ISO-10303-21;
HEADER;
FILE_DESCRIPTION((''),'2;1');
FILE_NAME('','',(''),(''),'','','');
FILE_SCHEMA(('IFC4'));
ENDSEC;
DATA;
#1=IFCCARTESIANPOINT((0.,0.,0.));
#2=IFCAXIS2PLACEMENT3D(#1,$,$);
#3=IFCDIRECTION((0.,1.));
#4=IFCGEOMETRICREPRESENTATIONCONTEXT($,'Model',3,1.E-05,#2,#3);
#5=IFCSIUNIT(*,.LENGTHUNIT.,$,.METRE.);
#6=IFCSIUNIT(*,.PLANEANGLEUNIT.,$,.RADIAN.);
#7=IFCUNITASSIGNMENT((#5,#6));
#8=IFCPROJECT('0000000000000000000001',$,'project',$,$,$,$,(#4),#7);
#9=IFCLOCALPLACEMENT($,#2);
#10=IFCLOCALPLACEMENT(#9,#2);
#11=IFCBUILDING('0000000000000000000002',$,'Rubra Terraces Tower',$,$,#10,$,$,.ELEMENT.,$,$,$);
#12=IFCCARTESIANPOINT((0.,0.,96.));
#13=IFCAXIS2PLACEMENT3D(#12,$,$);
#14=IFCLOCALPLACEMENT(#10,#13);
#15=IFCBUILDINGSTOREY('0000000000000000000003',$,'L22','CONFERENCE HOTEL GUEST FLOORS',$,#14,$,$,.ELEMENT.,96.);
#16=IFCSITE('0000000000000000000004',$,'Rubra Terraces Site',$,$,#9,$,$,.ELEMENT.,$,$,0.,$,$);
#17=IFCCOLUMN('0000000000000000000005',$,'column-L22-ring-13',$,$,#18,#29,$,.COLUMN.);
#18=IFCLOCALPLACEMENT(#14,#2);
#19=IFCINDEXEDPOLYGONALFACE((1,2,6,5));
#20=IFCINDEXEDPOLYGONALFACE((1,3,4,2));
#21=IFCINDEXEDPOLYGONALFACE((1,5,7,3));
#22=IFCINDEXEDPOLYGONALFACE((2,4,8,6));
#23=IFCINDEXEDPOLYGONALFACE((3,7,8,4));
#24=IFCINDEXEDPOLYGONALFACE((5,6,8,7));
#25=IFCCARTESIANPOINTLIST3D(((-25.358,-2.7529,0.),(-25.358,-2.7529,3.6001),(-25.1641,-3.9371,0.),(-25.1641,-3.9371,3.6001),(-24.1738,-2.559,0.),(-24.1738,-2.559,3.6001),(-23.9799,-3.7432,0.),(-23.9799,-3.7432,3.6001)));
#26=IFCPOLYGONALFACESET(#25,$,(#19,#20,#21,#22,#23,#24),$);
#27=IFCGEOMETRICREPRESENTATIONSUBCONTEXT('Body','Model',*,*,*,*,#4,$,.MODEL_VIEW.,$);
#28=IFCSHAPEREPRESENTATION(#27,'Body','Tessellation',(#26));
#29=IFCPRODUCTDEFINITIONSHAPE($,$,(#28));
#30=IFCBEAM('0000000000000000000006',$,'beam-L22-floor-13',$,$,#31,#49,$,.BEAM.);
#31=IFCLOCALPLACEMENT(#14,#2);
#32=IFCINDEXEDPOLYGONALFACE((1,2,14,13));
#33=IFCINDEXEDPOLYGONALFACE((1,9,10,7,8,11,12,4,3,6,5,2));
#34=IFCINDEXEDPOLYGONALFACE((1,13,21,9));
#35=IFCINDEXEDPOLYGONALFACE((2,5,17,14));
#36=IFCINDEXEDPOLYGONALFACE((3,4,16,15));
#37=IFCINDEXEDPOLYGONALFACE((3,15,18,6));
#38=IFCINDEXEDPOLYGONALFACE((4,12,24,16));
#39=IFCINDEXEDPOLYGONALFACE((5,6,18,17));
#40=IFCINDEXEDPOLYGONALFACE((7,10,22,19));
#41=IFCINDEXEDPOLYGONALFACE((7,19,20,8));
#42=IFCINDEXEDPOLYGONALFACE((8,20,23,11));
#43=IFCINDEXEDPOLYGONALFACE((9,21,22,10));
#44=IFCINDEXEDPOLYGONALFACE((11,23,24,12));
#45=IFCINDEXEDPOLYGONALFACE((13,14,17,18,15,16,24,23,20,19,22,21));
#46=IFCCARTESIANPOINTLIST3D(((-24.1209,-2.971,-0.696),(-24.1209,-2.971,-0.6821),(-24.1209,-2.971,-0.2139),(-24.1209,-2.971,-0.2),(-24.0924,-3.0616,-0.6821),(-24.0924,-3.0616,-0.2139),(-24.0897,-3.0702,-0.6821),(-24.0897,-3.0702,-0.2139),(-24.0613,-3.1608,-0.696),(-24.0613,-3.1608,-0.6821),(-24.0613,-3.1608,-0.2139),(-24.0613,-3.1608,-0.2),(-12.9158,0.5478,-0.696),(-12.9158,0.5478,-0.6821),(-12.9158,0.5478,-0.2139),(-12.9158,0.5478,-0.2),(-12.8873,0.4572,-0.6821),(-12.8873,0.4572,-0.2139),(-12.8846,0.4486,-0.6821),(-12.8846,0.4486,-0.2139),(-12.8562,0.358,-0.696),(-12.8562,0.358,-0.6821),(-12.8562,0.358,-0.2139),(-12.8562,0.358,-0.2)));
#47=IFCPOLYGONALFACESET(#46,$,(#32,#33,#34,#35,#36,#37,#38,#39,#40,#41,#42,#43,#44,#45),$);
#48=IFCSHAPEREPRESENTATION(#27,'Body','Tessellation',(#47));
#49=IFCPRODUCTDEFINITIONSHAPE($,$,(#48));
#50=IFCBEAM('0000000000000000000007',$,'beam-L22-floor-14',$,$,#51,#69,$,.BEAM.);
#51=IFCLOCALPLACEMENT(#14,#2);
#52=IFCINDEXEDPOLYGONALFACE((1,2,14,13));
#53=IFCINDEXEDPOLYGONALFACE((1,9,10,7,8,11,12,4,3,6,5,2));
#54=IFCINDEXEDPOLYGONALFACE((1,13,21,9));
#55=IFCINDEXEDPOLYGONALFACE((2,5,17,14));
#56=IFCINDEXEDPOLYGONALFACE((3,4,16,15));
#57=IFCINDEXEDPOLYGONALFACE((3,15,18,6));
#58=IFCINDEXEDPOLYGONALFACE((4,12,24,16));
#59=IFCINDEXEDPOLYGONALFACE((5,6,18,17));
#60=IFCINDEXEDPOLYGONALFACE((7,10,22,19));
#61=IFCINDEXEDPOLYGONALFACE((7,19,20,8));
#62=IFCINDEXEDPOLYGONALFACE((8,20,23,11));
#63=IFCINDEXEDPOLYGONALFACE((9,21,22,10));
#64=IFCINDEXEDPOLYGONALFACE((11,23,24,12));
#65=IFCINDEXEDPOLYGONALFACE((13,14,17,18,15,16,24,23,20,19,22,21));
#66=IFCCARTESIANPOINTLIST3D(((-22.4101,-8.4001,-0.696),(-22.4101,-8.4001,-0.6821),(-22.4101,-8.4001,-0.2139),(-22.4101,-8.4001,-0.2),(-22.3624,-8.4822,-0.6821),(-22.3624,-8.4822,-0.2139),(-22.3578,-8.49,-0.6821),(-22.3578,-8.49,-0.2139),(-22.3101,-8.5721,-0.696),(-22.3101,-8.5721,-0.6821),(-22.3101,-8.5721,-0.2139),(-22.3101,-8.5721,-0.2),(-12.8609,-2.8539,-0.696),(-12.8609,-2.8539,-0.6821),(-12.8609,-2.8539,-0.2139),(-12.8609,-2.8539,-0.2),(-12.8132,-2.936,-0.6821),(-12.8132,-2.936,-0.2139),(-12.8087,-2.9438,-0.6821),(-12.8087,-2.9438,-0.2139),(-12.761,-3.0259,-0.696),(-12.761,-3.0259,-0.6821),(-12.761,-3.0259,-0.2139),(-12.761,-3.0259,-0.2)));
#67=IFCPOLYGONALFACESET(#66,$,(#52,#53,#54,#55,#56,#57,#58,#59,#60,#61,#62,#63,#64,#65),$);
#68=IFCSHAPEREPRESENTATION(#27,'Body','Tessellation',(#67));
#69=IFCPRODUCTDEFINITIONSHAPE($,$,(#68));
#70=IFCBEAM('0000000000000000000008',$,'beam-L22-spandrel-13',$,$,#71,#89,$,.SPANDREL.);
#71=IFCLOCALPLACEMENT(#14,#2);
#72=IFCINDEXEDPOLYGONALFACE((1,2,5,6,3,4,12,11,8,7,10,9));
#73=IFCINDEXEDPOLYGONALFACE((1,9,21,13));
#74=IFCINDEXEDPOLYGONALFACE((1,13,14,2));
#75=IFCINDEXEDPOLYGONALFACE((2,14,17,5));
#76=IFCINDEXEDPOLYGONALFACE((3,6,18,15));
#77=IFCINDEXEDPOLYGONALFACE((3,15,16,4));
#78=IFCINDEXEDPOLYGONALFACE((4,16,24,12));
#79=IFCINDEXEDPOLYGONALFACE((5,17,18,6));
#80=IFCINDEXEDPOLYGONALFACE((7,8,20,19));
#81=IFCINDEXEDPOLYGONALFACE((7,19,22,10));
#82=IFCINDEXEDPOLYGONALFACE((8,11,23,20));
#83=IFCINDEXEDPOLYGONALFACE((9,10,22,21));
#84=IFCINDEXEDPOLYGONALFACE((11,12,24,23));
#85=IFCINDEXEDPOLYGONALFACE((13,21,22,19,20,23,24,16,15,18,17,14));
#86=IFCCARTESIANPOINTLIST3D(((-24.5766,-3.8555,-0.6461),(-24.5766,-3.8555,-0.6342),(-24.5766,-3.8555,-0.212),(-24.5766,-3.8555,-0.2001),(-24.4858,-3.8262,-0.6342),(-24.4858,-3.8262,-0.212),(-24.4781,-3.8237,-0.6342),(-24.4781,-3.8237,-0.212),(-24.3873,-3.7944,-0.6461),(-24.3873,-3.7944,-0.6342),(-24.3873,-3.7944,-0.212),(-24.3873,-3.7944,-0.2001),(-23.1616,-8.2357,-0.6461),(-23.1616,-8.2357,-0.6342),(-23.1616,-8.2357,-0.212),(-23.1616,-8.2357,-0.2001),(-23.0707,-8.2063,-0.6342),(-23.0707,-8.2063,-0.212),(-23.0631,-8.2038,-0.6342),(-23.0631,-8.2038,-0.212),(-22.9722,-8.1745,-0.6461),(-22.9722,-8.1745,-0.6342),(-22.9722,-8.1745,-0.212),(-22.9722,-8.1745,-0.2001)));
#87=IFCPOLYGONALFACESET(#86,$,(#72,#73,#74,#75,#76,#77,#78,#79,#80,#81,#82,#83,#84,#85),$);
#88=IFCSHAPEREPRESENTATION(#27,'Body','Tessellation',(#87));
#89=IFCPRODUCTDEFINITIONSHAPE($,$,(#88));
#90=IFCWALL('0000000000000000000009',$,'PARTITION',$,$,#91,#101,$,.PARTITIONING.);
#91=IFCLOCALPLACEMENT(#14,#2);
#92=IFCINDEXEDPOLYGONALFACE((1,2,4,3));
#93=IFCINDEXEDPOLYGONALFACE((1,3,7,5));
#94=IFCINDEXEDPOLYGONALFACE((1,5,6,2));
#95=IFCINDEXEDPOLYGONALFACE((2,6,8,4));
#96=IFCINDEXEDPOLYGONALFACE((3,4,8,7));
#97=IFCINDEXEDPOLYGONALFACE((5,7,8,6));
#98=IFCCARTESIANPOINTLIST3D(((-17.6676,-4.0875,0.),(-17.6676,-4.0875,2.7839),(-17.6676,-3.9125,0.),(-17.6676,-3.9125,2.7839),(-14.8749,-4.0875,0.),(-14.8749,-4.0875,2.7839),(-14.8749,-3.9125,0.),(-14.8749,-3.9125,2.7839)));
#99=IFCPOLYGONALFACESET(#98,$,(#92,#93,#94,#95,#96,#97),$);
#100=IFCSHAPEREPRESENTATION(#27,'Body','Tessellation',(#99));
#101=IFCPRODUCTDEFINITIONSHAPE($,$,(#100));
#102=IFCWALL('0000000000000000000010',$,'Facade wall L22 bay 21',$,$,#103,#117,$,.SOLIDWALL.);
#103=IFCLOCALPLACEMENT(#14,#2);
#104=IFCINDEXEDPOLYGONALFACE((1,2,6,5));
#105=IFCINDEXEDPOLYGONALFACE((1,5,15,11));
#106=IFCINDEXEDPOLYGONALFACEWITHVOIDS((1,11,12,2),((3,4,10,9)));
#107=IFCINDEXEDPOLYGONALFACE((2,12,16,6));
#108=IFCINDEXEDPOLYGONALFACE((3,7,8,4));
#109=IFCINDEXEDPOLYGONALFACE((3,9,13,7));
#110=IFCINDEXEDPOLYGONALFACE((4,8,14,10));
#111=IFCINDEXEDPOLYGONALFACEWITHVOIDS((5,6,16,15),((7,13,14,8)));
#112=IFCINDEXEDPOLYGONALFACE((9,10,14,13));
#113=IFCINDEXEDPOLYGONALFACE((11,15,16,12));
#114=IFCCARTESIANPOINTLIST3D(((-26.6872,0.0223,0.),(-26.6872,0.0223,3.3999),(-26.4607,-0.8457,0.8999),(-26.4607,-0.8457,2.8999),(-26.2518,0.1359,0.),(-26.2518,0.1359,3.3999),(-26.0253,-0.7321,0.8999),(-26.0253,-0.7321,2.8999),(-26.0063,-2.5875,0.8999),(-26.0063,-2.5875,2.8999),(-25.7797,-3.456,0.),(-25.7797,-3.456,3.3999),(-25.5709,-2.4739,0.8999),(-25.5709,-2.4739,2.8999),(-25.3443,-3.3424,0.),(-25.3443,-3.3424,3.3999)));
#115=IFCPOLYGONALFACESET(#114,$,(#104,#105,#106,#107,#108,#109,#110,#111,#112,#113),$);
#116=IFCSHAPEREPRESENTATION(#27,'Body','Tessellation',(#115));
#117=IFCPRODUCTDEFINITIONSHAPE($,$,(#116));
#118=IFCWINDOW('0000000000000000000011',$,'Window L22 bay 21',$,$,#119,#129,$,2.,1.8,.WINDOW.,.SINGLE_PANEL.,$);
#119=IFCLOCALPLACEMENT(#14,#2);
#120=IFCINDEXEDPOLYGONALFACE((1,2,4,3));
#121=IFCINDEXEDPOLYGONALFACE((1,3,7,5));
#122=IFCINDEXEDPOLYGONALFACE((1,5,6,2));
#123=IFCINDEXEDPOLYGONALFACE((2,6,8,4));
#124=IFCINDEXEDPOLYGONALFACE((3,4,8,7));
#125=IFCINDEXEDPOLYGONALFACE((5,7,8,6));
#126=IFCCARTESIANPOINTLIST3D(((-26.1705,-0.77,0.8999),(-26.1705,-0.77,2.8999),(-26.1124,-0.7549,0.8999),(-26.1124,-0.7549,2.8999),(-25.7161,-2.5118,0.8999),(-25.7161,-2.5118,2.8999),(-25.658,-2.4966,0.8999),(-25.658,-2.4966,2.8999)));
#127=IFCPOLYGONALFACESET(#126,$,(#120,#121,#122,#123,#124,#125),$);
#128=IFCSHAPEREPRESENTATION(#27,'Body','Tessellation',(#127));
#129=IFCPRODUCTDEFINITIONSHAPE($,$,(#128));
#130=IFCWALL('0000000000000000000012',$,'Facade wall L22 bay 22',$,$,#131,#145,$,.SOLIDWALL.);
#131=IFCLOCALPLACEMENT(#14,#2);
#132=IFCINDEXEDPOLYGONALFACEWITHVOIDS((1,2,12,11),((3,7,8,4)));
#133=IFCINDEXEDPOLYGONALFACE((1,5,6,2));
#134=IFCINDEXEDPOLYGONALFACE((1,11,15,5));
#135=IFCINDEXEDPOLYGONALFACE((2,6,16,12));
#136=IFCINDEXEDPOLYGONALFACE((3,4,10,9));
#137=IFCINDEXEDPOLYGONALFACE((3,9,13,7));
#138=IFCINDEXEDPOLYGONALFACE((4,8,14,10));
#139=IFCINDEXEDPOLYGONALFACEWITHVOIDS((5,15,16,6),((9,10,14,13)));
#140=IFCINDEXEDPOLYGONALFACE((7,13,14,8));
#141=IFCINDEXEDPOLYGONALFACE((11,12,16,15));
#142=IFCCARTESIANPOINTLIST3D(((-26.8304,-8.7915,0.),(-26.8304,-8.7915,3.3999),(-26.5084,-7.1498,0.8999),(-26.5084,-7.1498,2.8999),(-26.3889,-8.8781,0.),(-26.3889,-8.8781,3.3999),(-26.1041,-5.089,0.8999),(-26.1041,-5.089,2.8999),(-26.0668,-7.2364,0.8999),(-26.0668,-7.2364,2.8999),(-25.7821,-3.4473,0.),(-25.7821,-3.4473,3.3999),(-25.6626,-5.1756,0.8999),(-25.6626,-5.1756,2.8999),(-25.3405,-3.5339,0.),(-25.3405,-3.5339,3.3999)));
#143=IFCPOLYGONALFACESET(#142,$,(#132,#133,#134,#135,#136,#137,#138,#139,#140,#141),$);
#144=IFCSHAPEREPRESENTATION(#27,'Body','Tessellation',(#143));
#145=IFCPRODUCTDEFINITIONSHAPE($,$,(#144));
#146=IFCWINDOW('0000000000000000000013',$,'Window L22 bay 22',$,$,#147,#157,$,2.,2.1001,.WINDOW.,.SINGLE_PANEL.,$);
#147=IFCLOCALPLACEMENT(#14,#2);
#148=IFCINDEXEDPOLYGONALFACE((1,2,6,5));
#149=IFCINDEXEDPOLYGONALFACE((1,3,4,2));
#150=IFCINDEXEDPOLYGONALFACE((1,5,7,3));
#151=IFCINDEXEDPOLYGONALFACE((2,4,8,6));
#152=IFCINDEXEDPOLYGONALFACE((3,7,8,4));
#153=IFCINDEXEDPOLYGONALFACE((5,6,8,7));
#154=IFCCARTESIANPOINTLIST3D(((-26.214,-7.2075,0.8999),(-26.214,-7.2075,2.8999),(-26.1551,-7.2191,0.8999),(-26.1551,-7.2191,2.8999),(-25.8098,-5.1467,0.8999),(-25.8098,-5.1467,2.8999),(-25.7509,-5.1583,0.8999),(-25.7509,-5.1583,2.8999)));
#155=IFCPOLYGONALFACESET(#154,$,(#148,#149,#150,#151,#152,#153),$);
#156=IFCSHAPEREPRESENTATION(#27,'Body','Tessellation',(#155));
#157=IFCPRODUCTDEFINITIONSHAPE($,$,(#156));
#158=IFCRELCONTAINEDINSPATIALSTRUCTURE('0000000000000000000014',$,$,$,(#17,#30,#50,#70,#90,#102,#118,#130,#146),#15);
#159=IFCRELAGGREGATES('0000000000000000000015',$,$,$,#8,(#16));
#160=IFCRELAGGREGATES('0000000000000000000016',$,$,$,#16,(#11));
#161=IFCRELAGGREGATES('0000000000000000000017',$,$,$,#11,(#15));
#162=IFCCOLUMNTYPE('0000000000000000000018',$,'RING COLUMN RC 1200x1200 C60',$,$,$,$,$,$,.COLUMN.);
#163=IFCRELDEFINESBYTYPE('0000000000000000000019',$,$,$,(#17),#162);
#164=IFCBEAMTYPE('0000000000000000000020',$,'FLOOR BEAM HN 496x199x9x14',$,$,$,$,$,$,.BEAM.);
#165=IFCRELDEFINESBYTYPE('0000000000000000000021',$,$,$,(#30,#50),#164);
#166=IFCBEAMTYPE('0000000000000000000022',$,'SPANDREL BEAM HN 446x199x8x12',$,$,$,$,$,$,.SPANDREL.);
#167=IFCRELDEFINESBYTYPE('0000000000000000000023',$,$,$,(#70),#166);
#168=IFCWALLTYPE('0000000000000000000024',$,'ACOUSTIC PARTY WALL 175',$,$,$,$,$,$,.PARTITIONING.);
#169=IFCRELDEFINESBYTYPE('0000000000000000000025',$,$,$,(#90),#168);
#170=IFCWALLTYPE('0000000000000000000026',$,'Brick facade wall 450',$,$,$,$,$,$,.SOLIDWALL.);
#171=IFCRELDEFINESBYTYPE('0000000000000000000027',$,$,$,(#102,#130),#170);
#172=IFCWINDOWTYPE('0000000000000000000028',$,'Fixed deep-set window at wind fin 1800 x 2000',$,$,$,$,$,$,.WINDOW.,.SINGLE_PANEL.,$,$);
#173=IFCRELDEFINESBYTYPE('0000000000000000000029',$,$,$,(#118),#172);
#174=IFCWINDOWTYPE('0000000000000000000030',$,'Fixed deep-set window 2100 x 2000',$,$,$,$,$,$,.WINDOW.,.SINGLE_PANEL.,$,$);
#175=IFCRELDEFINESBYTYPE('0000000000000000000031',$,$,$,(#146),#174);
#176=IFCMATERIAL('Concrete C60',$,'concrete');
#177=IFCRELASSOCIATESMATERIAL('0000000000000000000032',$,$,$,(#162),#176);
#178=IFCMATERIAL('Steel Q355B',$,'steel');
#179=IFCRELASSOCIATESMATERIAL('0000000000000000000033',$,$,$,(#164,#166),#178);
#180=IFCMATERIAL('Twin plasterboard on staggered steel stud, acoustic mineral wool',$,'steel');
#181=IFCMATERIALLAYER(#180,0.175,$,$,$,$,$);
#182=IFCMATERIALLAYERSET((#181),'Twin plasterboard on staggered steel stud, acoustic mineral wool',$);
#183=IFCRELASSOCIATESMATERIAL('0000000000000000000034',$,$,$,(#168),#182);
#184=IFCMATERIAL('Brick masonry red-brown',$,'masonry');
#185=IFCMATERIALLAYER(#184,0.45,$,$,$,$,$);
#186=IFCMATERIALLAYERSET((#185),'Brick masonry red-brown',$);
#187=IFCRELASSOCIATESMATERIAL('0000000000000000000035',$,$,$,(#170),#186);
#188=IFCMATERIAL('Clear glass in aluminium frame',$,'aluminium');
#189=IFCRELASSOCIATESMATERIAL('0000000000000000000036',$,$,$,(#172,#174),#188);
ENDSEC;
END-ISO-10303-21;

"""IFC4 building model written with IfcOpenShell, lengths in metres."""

from ifc_helpers import new_model, si_unit, direction, frame, frame_2d, origin, origin_2d, place, context, subcontext, project, spatial, rectangle, i_section, extrude, material, layer, layer_set, material_profile, profile_set, type_object, element, fill, save


model = new_model("IFC4")

# Units and contexts
model_context = context("Model", 3, precision=1e-05, world=origin(), true_north=direction((0.0, 1.0)))
body_context = subcontext(model_context, "Body", "Model", "MODEL_VIEW")
ifc_project = project(units=[si_unit("LENGTHUNIT", "METRE"), si_unit("PLANEANGLEUNIT", "RADIAN")], contexts=[model_context])

# Site, building, storey
site_placement = place(None, origin())
site = spatial("IfcSite", under=ifc_project, at=site_placement, Name="Rubra Terraces Site", CompositionType="ELEMENT", RefElevation=0.0)
building_placement = place(site_placement, origin())
building = spatial("IfcBuilding", under=site, at=building_placement, Name="Rubra Terraces Tower", CompositionType="ELEMENT")
storey_placement = place(building_placement, frame((0.0, 0.0, 96.0)))
storey = spatial("IfcBuildingStorey", under=building, at=storey_placement, Name="L22", Description="CONFERENCE HOTEL GUEST FLOORS", CompositionType="ELEMENT", Elevation=96.0)

# Column
ifc_material_1 = material(Name="Concrete C60", Category="concrete")
ifc_material_profile_1 = material_profile(ifc_material_1, rectangle(XDim=1.2, YDim=1.2, at=origin_2d()), Name="RC 1200x1200")
ifc_profile_set_1 = profile_set([ifc_material_profile_1], Name="Concrete C60")
column_type = type_object("IfcColumnType", Name="RING COLUMN RC 1200x1200 C60", PredefinedType="COLUMN", material=ifc_profile_set_1)
column_placement = place(storey_placement, frame((-24.6689, -3.248, 0.0), z_axis=(0.0, 0.0, 1.0), x_axis=(0.161559, -0.986863, 0.0)))
element("IfcColumn", 1, at=column_placement, inside=storey, type_object=column_type, Name="column-L22-ring-13", PredefinedType="COLUMN", context=body_context, shape_type="SweptSolid", body=[
    extrude(rectangle(XDim=1.2, YDim=1.2, at=origin_2d()), origin(), (0.0, 0.0, 1.0), 3.6001),
])

# Beams
ifc_material_2 = material(Name="Steel Q355B", Category="steel")
ifc_material_profile_2 = material_profile(ifc_material_2, i_section(OverallWidth=0.199, OverallDepth=0.4961, WebThickness=0.009, FlangeThickness=0.0139, at=origin_2d()), Name="HN 496x199x9x14")
ifc_profile_set_2 = profile_set([ifc_material_profile_2], Name="Steel Q355B")
beam_type_1 = type_object("IfcBeamType", Name="FLOOR BEAM HN 496x199x9x14", PredefinedType="BEAM", material=ifc_profile_set_2)
beam_1_placement = place(storey_placement, frame((-24.0911, -3.0659, -0.448), z_axis=(0.954062, 0.29961, 0.0), x_axis=(-0.29961, 0.954062, 0.0)))
element("IfcBeam", 2, at=beam_1_placement, inside=storey, type_object=beam_type_1, Name="beam-L22-floor-13", PredefinedType="BEAM", context=body_context, shape_type="SweptSolid", body=[
    extrude(i_section(OverallWidth=0.199, OverallDepth=0.4961, WebThickness=0.009, FlangeThickness=0.0139, at=origin_2d()), origin(), (0.0, 0.0, 1.0), 11.7446),
])
beam_2_placement = place(storey_placement, frame((-22.3601, -8.4861, -0.448), z_axis=(0.864729, 0.502238, 0.0), x_axis=(-0.502238, 0.864729, 0.0)))
element("IfcBeam", 3, at=beam_2_placement, inside=storey, type_object=beam_type_1, Name="beam-L22-floor-14", PredefinedType="BEAM", context=body_context, shape_type="SweptSolid", body=[
    extrude(i_section(OverallWidth=0.199, OverallDepth=0.4961, WebThickness=0.009, FlangeThickness=0.0139, at=origin_2d()), origin(), (0.0, 0.0, 1.0), 11.043),
])
ifc_material_profile_3 = material_profile(ifc_material_2, i_section(OverallWidth=0.199, OverallDepth=0.446, WebThickness=0.0081, FlangeThickness=0.012, at=origin_2d()), Name="HN 446x199x8x12")
ifc_profile_set_3 = profile_set([ifc_material_profile_3], Name="Steel Q355B")
beam_type_2 = type_object("IfcBeamType", Name="SPANDREL BEAM HN 446x199x8x12", PredefinedType="SPANDREL", material=ifc_profile_set_3)
beam_3_placement = place(storey_placement, frame((-24.4819, -3.825, -0.4231), z_axis=(0.307415, -0.951576, 0.0), x_axis=(0.951576, 0.307415, 0.0)))
element("IfcBeam", 4, at=beam_3_placement, inside=storey, type_object=beam_type_2, Name="beam-L22-spandrel-13", PredefinedType="SPANDREL", context=body_context, shape_type="SweptSolid", body=[
    extrude(i_section(OverallWidth=0.199, OverallDepth=0.446, WebThickness=0.0081, FlangeThickness=0.012, at=origin_2d()), origin(), (0.0, 0.0, 1.0), 4.603),
])

# Wall
ifc_material_3 = material(Name="Twin plasterboard on staggered steel stud, acoustic mineral wool", Category="steel")
ifc_layer_1 = layer(ifc_material_3, 0.175)
ifc_layer_set_1 = layer_set([ifc_layer_1], Name="Twin plasterboard on staggered steel stud, acoustic mineral wool")
wall_type_1 = type_object("IfcWallType", Name="ACOUSTIC PARTY WALL 175", PredefinedType="PARTITIONING", material=ifc_layer_set_1)
wall_1_placement = place(storey_placement, frame((-17.6677, -4.0, 0.0), z_axis=(0.0, 0.0, 1.0), x_axis=(1.0, 0.0, 0.0)))
element("IfcWall", 5, at=wall_1_placement, inside=storey, type_object=wall_type_1, Name="PARTITION", PredefinedType="PARTITIONING", context=body_context, shape_type="SweptSolid", body=[
    extrude(rectangle(XDim=2.7927, YDim=0.175, at=frame_2d((1.3965, 0.0))), origin(), (0.0, 0.0, 1.0), 2.7839),
])

# Walls, openings, windows
ifc_material_4 = material(Name="Brick masonry red-brown", Category="masonry")
ifc_layer_2 = layer(ifc_material_4, 0.45)
ifc_layer_set_2 = layer_set([ifc_layer_2], Name="Brick masonry red-brown")
wall_type_2 = type_object("IfcWallType", Name="Brick facade wall 450", PredefinedType="SOLIDWALL", material=ifc_layer_set_2)
wall_2_placement = place(storey_placement, frame((-26.4695, 0.0791, 0.0), z_axis=(0.0, 0.0, 1.0), x_axis=(0.252447, -0.967611, 0.0)))
wall_2 = element("IfcWall", 6, at=wall_2_placement, inside=storey, type_object=wall_type_2, Name="Facade wall L22 bay 21", PredefinedType="SOLIDWALL", context=body_context, shape_type="SweptSolid", body=[
    extrude(rectangle(XDim=3.5947, YDim=0.45, at=frame_2d((1.7974, 0.0))), origin(), (0.0, 0.0, 1.0), 3.3999),
])
opening_1_placement = place(wall_2_placement, frame((0.8972, 0.0, 0.8999)))
opening_1 = element("IfcOpeningElement", 7, at=opening_1_placement, cuts=wall_2, PredefinedType="OPENING", context=body_context, shape_type="SweptSolid", body=[
    extrude(rectangle(XDim=1.8, YDim=2.0, at=frame_2d((0.8999, 1.0))), frame((0.0, 0.2349, 0.0), z_axis=(0.0, -1.0, 0.0), x_axis=(1.0, 0.0, 0.0)), (0.0, 0.0, 1.0), 0.47),
])
ifc_material_5 = material(Name="Clear glass in aluminium frame", Category="aluminium")
window_type_1 = type_object("IfcWindowType", Name="Fixed deep-set window at wind fin 1800 x 2000", PartitioningType="SINGLE_PANEL", PredefinedType="WINDOW", material=ifc_material_5)
window_1_placement = place(opening_1_placement, origin())
window_1 = element("IfcWindow", 8, at=window_1_placement, inside=storey, type_object=window_type_1, Name="Window L22 bay 21", OverallHeight=2.0, OverallWidth=1.8, PartitioningType="SINGLE_PANEL", PredefinedType="WINDOW", context=body_context, shape_type="SweptSolid", body=[
    extrude(rectangle(XDim=1.8, YDim=2.0, at=frame_2d((0.8999, 1.0))), frame((0.0, 0.135, 0.0), z_axis=(0.0, -1.0, 0.0), x_axis=(1.0, 0.0, 0.0)), (0.0, 0.0, 1.0), 0.0601),
])
fill(opening_1, window_1)
wall_3_placement = place(storey_placement, frame((-25.5613, -3.4905, 0.0), z_axis=(0.0, 0.0, 1.0), x_axis=(-0.192494, -0.981298, 0.0)))
wall_3 = element("IfcWall", 9, at=wall_3_placement, inside=storey, type_object=wall_type_2, Name="Facade wall L22 bay 22", PredefinedType="SOLIDWALL", context=body_context, shape_type="SweptSolid", body=[
    extrude(rectangle(XDim=5.446, YDim=0.45, at=frame_2d((2.7231, 0.0))), origin(), (0.0, 0.0, 1.0), 3.3999),
])
opening_2_placement = place(wall_3_placement, frame((1.6731, 0.0, 0.8999)))
opening_2 = element("IfcOpeningElement", 10, at=opening_2_placement, cuts=wall_3, PredefinedType="OPENING", context=body_context, shape_type="SweptSolid", body=[
    extrude(rectangle(XDim=2.1001, YDim=2.0, at=frame_2d((1.05, 1.0))), frame((0.0, 0.2349, 0.0), z_axis=(0.0, -1.0, 0.0), x_axis=(1.0, 0.0, 0.0)), (0.0, 0.0, 1.0), 0.47),
])
window_type_2 = type_object("IfcWindowType", Name="Fixed deep-set window 2100 x 2000", PartitioningType="SINGLE_PANEL", PredefinedType="WINDOW", material=ifc_material_5)
window_2_placement = place(opening_2_placement, origin())
window_2 = element("IfcWindow", 11, at=window_2_placement, inside=storey, type_object=window_type_2, Name="Window L22 bay 22", OverallHeight=2.0, OverallWidth=2.1001, PartitioningType="SINGLE_PANEL", PredefinedType="WINDOW", context=body_context, shape_type="SweptSolid", body=[
    extrude(rectangle(XDim=2.1001, YDim=2.0, at=frame_2d((1.05, 1.0))), frame((0.0, 0.135, 0.0), z_axis=(0.0, -1.0, 0.0), x_axis=(1.0, 0.0, 0.0)), (0.0, 0.0, 1.0), 0.0601),
])
fill(opening_2, window_2)

save(model, "model.ifc")
